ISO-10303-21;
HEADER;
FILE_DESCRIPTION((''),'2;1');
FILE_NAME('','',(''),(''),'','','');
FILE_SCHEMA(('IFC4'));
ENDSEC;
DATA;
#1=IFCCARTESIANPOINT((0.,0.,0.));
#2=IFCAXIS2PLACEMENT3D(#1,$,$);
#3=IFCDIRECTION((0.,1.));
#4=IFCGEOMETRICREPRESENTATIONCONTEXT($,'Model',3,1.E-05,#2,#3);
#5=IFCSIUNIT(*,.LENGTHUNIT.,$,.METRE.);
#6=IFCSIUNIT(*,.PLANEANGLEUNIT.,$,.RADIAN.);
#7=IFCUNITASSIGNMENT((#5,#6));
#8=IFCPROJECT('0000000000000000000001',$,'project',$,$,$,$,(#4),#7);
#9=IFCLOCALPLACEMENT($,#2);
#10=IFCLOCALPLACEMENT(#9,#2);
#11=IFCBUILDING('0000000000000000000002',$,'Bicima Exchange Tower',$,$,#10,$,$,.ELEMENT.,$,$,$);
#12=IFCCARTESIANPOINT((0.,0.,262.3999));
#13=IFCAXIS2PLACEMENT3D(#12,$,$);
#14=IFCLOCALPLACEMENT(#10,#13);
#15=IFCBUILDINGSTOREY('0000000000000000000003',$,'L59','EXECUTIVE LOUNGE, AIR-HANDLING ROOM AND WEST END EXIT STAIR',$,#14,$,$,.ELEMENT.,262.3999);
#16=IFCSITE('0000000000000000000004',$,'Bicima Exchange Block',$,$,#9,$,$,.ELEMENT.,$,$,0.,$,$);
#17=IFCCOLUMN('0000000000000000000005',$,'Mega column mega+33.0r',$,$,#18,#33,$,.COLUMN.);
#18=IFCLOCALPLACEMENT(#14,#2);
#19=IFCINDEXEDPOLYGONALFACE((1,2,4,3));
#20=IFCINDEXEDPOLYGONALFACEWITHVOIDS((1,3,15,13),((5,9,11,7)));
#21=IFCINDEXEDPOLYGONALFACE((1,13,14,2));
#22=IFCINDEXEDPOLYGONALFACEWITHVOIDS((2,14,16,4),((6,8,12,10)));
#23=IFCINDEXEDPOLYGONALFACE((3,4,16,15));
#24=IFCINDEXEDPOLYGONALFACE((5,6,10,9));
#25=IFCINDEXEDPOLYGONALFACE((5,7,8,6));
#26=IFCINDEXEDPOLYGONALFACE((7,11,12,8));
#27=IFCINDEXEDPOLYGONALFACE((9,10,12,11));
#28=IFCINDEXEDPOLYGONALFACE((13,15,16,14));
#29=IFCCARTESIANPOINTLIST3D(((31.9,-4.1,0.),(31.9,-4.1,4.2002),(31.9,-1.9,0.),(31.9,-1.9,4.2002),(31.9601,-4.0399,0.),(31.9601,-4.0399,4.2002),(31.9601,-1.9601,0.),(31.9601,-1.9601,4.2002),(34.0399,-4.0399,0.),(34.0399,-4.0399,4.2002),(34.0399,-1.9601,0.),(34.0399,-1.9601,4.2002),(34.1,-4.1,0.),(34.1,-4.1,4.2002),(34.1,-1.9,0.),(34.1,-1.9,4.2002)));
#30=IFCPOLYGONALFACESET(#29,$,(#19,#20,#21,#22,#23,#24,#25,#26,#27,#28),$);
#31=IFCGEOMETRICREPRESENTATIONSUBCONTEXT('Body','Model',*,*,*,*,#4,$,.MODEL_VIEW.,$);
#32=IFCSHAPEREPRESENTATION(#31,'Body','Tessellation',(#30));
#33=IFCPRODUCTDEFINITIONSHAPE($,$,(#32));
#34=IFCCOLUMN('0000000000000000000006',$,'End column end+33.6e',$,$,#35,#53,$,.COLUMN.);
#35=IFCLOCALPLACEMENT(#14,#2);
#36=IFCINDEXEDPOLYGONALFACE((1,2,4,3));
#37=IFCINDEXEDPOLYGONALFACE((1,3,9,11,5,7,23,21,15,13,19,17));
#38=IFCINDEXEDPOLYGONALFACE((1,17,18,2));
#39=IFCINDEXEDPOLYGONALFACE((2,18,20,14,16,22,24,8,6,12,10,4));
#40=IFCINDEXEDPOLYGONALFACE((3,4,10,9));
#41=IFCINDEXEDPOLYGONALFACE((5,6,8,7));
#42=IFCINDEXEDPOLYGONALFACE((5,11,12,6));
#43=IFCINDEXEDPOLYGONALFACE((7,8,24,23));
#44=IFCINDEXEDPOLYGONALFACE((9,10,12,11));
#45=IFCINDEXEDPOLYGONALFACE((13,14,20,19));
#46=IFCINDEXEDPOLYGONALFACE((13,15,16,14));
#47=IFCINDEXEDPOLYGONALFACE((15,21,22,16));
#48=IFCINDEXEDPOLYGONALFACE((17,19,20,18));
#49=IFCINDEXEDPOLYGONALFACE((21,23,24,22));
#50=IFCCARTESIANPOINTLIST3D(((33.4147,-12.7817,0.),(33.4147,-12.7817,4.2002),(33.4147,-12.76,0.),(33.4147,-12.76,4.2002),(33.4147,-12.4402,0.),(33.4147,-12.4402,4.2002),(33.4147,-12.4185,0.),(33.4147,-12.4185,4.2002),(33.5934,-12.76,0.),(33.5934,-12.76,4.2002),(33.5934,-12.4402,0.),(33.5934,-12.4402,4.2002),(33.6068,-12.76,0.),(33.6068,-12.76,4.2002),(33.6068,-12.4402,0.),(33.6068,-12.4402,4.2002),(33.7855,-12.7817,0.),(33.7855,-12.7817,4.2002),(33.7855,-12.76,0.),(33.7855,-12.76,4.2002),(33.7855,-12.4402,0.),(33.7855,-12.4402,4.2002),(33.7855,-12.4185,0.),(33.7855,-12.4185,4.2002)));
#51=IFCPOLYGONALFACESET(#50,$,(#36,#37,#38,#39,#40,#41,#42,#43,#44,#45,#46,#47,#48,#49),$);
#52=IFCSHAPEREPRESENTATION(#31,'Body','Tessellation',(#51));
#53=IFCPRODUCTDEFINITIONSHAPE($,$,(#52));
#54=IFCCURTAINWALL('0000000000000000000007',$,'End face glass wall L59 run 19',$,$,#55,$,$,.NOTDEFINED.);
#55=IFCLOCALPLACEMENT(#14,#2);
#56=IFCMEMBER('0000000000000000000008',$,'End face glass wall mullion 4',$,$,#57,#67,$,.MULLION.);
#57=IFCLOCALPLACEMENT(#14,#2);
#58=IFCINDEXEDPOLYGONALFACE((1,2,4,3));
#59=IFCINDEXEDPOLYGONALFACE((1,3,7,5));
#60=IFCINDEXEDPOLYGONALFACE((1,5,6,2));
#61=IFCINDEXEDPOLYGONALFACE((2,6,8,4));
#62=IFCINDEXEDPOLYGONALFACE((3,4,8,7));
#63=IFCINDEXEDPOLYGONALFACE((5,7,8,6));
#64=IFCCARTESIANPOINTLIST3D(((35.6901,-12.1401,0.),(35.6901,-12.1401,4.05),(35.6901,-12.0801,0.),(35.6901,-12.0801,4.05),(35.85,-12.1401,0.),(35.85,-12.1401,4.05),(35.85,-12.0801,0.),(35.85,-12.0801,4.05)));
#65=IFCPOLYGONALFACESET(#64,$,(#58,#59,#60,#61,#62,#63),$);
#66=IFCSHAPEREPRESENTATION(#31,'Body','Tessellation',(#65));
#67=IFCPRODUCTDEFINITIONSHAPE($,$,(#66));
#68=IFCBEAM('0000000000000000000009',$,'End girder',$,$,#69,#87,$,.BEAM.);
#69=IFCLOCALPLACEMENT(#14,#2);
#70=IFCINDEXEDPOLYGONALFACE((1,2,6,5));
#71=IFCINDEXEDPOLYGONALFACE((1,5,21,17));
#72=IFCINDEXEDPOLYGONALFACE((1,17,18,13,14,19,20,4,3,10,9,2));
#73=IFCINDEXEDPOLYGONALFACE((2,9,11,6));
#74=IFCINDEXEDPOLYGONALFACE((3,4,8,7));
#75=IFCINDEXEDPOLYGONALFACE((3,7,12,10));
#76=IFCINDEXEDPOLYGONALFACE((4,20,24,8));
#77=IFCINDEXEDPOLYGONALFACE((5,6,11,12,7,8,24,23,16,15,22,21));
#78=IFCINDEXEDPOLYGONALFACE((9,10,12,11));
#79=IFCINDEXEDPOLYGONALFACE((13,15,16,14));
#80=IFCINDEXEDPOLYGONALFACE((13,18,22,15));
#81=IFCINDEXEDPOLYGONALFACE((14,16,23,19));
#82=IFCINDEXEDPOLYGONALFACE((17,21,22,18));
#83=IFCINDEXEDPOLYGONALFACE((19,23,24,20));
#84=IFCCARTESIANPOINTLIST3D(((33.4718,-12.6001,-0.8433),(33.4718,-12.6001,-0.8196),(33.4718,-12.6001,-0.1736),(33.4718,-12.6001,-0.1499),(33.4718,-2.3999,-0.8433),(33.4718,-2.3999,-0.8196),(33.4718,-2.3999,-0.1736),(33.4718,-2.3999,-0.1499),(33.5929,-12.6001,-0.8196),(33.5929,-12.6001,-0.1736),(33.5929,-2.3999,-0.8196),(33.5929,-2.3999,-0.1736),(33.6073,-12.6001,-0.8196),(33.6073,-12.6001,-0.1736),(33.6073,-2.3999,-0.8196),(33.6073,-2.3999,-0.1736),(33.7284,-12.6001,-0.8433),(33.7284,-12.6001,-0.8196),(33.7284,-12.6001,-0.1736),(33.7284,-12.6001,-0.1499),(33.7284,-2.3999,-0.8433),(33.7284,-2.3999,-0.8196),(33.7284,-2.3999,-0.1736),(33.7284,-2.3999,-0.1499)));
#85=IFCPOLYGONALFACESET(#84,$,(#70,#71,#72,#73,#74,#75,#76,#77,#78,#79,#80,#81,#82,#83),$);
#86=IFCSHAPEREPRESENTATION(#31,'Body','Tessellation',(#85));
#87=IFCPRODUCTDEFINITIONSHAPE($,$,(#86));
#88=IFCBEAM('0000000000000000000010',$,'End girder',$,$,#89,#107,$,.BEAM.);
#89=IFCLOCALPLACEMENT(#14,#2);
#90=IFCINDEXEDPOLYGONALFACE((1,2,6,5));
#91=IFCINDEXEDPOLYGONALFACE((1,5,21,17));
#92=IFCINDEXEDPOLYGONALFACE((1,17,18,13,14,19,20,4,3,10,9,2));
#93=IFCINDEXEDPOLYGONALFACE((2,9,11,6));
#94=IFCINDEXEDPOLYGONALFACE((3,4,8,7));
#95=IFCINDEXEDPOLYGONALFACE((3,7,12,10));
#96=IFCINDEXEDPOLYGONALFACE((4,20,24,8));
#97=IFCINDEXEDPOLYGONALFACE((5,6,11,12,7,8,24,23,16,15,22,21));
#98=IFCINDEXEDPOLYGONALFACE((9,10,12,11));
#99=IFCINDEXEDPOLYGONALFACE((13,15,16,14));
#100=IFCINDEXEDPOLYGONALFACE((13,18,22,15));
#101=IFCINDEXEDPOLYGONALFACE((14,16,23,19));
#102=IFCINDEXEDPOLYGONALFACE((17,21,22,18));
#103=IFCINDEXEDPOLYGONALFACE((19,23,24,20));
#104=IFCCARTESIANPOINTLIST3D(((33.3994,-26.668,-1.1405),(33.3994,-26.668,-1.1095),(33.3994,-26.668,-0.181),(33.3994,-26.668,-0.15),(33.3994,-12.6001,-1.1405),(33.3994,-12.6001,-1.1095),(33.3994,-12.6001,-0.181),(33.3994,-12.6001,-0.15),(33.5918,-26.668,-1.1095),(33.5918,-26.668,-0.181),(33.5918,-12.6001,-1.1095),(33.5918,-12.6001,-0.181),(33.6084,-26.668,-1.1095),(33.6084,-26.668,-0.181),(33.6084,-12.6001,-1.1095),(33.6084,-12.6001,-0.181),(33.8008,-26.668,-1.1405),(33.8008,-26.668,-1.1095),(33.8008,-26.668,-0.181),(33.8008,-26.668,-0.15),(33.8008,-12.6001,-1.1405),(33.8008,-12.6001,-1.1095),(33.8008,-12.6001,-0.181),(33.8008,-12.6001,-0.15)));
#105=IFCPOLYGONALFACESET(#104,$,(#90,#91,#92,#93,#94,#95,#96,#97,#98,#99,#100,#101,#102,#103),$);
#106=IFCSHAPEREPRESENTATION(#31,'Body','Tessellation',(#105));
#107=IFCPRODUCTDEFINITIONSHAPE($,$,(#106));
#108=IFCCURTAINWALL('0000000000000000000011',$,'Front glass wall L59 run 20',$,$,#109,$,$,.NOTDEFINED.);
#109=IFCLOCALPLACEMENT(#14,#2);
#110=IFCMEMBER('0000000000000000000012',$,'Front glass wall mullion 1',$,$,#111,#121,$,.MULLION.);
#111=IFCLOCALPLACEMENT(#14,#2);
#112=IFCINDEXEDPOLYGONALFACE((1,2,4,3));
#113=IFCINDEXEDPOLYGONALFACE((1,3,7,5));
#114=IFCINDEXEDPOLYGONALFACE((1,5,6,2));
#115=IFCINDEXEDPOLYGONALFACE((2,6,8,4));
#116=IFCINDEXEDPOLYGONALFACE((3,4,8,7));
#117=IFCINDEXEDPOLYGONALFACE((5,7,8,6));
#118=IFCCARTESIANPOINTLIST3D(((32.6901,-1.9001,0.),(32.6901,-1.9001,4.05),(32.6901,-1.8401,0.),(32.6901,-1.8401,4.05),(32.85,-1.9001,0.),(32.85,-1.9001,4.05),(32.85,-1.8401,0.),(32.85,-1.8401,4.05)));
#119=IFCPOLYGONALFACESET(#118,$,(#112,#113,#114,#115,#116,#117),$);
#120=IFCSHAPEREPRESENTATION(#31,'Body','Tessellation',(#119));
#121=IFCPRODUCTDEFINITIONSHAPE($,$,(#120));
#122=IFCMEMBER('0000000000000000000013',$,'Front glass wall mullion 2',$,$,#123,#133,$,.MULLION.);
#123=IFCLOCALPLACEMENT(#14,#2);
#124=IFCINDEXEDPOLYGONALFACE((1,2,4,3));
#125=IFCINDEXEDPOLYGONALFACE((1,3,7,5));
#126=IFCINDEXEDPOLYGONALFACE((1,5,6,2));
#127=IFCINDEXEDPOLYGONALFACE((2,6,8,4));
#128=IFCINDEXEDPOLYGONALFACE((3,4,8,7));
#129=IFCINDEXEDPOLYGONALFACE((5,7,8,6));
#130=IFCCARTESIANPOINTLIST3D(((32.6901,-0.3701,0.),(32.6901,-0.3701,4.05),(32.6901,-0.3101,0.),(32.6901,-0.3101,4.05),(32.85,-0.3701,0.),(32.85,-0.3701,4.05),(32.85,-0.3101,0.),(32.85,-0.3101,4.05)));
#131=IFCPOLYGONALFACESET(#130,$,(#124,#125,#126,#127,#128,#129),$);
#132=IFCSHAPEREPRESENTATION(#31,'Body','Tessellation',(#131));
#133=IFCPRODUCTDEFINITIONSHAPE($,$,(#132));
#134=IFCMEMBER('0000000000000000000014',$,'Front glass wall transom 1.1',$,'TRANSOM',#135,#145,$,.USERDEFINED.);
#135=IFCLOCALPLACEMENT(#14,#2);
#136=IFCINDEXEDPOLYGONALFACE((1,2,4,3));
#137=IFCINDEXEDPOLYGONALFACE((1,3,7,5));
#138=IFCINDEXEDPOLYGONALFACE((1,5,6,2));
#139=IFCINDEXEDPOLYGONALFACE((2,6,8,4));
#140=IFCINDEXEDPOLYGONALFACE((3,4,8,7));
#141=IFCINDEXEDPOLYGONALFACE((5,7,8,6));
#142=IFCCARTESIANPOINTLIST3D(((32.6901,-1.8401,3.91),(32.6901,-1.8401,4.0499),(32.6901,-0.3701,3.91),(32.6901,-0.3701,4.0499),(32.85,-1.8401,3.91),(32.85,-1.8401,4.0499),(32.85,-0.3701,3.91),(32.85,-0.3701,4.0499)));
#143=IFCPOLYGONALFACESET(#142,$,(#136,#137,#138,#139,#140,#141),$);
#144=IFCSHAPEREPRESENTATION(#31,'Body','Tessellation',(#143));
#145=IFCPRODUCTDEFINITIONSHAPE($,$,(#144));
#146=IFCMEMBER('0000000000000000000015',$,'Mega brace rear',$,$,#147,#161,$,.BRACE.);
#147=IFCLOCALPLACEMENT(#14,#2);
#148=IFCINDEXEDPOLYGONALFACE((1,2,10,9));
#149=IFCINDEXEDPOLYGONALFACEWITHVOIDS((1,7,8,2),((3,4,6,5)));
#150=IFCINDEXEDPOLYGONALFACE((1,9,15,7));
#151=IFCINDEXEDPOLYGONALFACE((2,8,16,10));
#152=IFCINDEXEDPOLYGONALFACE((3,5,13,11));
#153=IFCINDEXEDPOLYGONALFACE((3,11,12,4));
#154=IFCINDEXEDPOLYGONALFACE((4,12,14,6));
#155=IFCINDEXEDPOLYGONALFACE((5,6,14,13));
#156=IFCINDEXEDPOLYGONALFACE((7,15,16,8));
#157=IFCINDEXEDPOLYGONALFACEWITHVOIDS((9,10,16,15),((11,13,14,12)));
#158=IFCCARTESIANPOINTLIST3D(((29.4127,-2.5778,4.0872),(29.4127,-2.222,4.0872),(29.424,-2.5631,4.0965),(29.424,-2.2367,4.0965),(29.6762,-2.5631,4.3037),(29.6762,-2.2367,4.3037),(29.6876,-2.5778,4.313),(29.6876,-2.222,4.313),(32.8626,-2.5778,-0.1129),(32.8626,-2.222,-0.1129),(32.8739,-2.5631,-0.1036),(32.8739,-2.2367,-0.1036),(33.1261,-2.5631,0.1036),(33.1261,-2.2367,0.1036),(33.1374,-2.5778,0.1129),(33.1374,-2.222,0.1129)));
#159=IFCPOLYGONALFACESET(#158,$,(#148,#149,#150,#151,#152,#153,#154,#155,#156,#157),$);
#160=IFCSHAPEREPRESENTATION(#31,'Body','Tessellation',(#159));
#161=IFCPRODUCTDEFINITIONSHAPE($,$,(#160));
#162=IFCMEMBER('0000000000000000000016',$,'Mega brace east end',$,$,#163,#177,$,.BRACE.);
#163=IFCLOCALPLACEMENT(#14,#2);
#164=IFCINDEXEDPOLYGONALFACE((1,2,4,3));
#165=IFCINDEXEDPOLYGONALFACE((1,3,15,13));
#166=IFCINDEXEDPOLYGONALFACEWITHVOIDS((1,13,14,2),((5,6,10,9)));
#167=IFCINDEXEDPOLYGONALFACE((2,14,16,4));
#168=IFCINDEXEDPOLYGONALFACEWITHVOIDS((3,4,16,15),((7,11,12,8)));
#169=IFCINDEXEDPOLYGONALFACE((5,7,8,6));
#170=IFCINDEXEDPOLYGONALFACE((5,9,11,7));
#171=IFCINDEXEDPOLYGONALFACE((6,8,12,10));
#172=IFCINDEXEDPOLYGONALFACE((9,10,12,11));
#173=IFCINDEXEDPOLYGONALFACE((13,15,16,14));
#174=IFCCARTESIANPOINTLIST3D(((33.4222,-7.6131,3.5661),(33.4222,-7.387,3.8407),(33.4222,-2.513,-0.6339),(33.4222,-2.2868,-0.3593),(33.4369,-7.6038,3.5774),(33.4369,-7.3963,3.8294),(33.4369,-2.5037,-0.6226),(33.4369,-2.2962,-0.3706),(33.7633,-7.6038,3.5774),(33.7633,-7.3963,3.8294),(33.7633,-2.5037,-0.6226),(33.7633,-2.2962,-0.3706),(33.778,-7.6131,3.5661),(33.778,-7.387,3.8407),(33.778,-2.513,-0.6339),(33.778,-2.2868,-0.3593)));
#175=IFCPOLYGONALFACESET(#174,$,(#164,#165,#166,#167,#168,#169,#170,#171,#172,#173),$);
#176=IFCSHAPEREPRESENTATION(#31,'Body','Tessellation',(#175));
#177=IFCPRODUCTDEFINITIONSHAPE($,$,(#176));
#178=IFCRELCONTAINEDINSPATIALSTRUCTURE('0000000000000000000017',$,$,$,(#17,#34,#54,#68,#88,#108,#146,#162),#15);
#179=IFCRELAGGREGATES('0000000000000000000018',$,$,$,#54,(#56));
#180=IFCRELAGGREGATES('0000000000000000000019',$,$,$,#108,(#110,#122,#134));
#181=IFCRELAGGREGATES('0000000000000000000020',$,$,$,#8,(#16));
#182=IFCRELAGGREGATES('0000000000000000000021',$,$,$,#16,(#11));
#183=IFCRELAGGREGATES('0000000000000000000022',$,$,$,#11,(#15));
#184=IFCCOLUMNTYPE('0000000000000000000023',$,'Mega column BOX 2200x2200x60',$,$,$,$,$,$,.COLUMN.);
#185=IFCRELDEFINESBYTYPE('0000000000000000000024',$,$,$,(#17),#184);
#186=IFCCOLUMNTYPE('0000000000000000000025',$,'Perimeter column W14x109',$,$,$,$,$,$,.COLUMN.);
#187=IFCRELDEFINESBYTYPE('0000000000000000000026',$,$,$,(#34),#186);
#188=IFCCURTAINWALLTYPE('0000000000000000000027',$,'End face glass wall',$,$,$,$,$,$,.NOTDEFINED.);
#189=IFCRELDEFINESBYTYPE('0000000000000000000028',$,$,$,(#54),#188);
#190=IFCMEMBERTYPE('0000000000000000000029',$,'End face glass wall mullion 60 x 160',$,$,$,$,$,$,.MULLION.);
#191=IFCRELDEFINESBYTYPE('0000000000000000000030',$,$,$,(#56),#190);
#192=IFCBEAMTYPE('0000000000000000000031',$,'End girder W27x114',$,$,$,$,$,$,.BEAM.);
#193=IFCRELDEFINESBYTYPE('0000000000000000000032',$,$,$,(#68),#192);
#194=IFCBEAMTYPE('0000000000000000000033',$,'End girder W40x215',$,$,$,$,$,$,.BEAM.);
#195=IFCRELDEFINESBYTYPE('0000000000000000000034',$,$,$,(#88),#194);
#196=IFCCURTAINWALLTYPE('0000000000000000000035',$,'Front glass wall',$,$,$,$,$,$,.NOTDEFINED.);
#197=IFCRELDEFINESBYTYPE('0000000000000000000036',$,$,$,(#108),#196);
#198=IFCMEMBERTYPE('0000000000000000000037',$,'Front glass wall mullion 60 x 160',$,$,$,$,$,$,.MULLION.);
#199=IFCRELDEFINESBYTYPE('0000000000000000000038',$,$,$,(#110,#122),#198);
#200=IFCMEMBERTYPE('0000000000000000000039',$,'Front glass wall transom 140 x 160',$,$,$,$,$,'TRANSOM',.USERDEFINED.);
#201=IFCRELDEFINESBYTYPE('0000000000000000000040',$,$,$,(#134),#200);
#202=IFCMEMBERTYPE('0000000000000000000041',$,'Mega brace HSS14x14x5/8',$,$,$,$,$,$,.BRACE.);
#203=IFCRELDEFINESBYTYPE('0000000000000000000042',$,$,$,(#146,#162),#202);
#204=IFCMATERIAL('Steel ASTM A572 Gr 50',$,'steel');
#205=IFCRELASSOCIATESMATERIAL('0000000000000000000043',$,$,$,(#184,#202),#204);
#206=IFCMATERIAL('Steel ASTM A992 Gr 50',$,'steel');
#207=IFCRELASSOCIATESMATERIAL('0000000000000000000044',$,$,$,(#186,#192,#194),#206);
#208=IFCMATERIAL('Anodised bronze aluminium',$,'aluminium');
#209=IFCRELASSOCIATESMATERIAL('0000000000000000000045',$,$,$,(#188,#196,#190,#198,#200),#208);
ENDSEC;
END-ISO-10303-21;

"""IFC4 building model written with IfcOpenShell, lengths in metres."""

from ifc_helpers import new_model, si_unit, direction, frame, origin, origin_2d, place, context, subcontext, project, spatial, rectangle, hollow_rectangle, i_section, extrude, material, material_profile, profile_set, type_object, element, aggregate, save


model = new_model("IFC4")

# Units and contexts
model_context = context("Model", 3, precision=1e-05, world=origin(), true_north=direction((0.0, 1.0)))
body_context = subcontext(model_context, "Body", "Model", "MODEL_VIEW")
ifc_project = project(units=[si_unit("LENGTHUNIT", "METRE"), si_unit("PLANEANGLEUNIT", "RADIAN")], contexts=[model_context])

# Site, building, storey
site_placement = place(None, origin())
site = spatial("IfcSite", under=ifc_project, at=site_placement, Name="Bicima Exchange Block", CompositionType="ELEMENT", RefElevation=0.0)
building_placement = place(site_placement, origin())
building = spatial("IfcBuilding", under=site, at=building_placement, Name="Bicima Exchange Tower", CompositionType="ELEMENT")
storey_placement = place(building_placement, frame((0.0, 0.0, 262.3999)))
storey = spatial("IfcBuildingStorey", under=building, at=storey_placement, Name="L59", Description="EXECUTIVE LOUNGE, AIR-HANDLING ROOM AND WEST END EXIT STAIR", CompositionType="ELEMENT", Elevation=262.3999)

# Columns
ifc_material_1 = material(Name="Steel ASTM A572 Gr 50", Category="steel")
ifc_material_profile_1 = material_profile(ifc_material_1, hollow_rectangle(XDim=2.2, YDim=2.2, WallThickness=0.0601, at=origin_2d()))
ifc_profile_set_1 = profile_set([ifc_material_profile_1], Name="Steel ASTM A572 Gr 50")
column_type_1 = type_object("IfcColumnType", Name="Mega column BOX 2200x2200x60", PredefinedType="COLUMN", material=ifc_profile_set_1)
column_1_placement = place(storey_placement, frame((33.0, -3.0, 0.0), z_axis=(0.0, 0.0, 1.0), x_axis=(1.0, 0.0, 0.0)))
element("IfcColumn", 1, at=column_1_placement, inside=storey, type_object=column_type_1, Name="Mega column mega+33.0r", PredefinedType="COLUMN", context=body_context, shape_type="SweptSolid", body=[
    extrude(hollow_rectangle(XDim=2.2, YDim=2.2, WallThickness=0.0601, at=origin_2d()), origin(), (0.0, 0.0, 1.0), 4.2002),
])
ifc_material_2 = material(Name="Steel ASTM A992 Gr 50", Category="steel")
ifc_material_profile_2 = material_profile(ifc_material_2, i_section(OverallWidth=0.3708, OverallDepth=0.3633, WebThickness=0.0134, FlangeThickness=0.0217, at=origin_2d()))
ifc_profile_set_2 = profile_set([ifc_material_profile_2], Name="Steel ASTM A992 Gr 50")
column_type_2 = type_object("IfcColumnType", Name="Perimeter column W14x109", PredefinedType="COLUMN", material=ifc_profile_set_2)
column_2_placement = place(storey_placement, frame((33.6001, -12.6001, 0.0), z_axis=(0.0, 0.0, 1.0), x_axis=(1.0, 0.0, 0.0)))
element("IfcColumn", 2, at=column_2_placement, inside=storey, type_object=column_type_2, Name="End column end+33.6e", PredefinedType="COLUMN", context=body_context, shape_type="SweptSolid", body=[
    extrude(i_section(OverallWidth=0.3708, OverallDepth=0.3633, WebThickness=0.0134, FlangeThickness=0.0217, at=origin_2d()), origin(), (0.0, 0.0, 1.0), 4.2002),
])

# Curtain wall, member
ifc_material_3 = material(Name="Anodised bronze aluminium", Category="aluminium")
curtain_wall_type_1 = type_object("IfcCurtainWallType", Name="End face glass wall", PredefinedType="NOTDEFINED", material=ifc_material_3)
curtain_wall_1_placement = place(storey_placement, origin())
curtain_wall_1 = element("IfcCurtainWall", 3, at=curtain_wall_1_placement, inside=storey, type_object=curtain_wall_type_1, Name="End face glass wall L59 run 19", PredefinedType="NOTDEFINED")
ifc_material_profile_3 = material_profile(ifc_material_3, rectangle(XDim=0.1599, YDim=0.0601, at=origin_2d()))
ifc_profile_set_3 = profile_set([ifc_material_profile_3], Name="Anodised bronze aluminium")
member_type_1 = type_object("IfcMemberType", Name="End face glass wall mullion 60 x 160", PredefinedType="MULLION", material=ifc_profile_set_3)
member_1_placement = place(storey_placement, frame((35.77, -12.1101, 0.0), z_axis=(0.0, 0.0, 1.0), x_axis=(-1.0, 0.0, 0.0)))
member_1 = element("IfcMember", 4, at=member_1_placement, type_object=member_type_1, Name="End face glass wall mullion 4", PredefinedType="MULLION", context=body_context, shape_type="SweptSolid", body=[
    extrude(rectangle(XDim=0.1599, YDim=0.0601, at=origin_2d()), origin(), (0.0, 0.0, 1.0), 4.05),
])
aggregate(curtain_wall_1, [member_1])

# Beams
ifc_material_profile_4 = material_profile(ifc_material_2, i_section(OverallWidth=0.2566, OverallDepth=0.6934, WebThickness=0.0144, FlangeThickness=0.0237, at=origin_2d()))
ifc_profile_set_4 = profile_set([ifc_material_profile_4], Name="Steel ASTM A992 Gr 50")
beam_type_1 = type_object("IfcBeamType", Name="End girder W27x114", PredefinedType="BEAM", material=ifc_profile_set_4)
beam_1_placement = place(storey_placement, frame((33.6001, -2.3999, -0.4966), z_axis=(0.0, -1.0, 0.0), x_axis=(1.0, 0.0, 0.0)))
element("IfcBeam", 5, at=beam_1_placement, inside=storey, type_object=beam_type_1, Name="End girder", PredefinedType="BEAM", context=body_context, shape_type="SweptSolid", body=[
    extrude(i_section(OverallWidth=0.2566, OverallDepth=0.6934, WebThickness=0.0144, FlangeThickness=0.0237, at=origin_2d()), origin(), (0.0, 0.0, 1.0), 10.2002),
])
ifc_material_profile_5 = material_profile(ifc_material_2, i_section(OverallWidth=0.4014, OverallDepth=0.9905, WebThickness=0.0166, FlangeThickness=0.031, at=origin_2d()))
ifc_profile_set_5 = profile_set([ifc_material_profile_5], Name="Steel ASTM A992 Gr 50")
beam_type_2 = type_object("IfcBeamType", Name="End girder W40x215", PredefinedType="BEAM", material=ifc_profile_set_5)
beam_2_placement = place(storey_placement, frame((33.6001, -12.6001, -0.6453), z_axis=(0.0, -1.0, 0.0), x_axis=(1.0, 0.0, 0.0)))
element("IfcBeam", 6, at=beam_2_placement, inside=storey, type_object=beam_type_2, Name="End girder", PredefinedType="BEAM", context=body_context, shape_type="SweptSolid", body=[
    extrude(i_section(OverallWidth=0.4014, OverallDepth=0.9905, WebThickness=0.0166, FlangeThickness=0.031, at=origin_2d()), origin(), (0.0, 0.0, 1.0), 14.0679),
])

# Curtain wall, members
curtain_wall_type_2 = type_object("IfcCurtainWallType", Name="Front glass wall", PredefinedType="NOTDEFINED", material=ifc_material_3)
curtain_wall_2_placement = place(storey_placement, origin())
curtain_wall_2 = element("IfcCurtainWall", 7, at=curtain_wall_2_placement, inside=storey, type_object=curtain_wall_type_2, Name="Front glass wall L59 run 20", PredefinedType="NOTDEFINED")
member_type_2 = type_object("IfcMemberType", Name="Front glass wall mullion 60 x 160", PredefinedType="MULLION", material=ifc_profile_set_3)
member_2_placement = place(storey_placement, frame((32.77, -1.8701, 0.0), z_axis=(0.0, 0.0, 1.0), x_axis=(-1.0, 0.0, 0.0)))
member_2 = element("IfcMember", 8, at=member_2_placement, type_object=member_type_2, Name="Front glass wall mullion 1", PredefinedType="MULLION", context=body_context, shape_type="SweptSolid", body=[
    extrude(rectangle(XDim=0.1599, YDim=0.0601, at=origin_2d()), origin(), (0.0, 0.0, 1.0), 4.05),
])
member_3_placement = place(storey_placement, frame((32.77, -0.3401, 0.0), z_axis=(0.0, 0.0, 1.0), x_axis=(-1.0, 0.0, 0.0)))
member_3 = element("IfcMember", 9, at=member_3_placement, type_object=member_type_2, Name="Front glass wall mullion 2", PredefinedType="MULLION", context=body_context, shape_type="SweptSolid", body=[
    extrude(rectangle(XDim=0.1599, YDim=0.0601, at=origin_2d()), origin(), (0.0, 0.0, 1.0), 4.05),
])
ifc_material_profile_6 = material_profile(ifc_material_3, rectangle(XDim=0.1599, YDim=0.1399, at=origin_2d()))
ifc_profile_set_6 = profile_set([ifc_material_profile_6], Name="Anodised bronze aluminium")
member_type_3 = type_object("IfcMemberType", Name="Front glass wall transom 140 x 160", ElementType="TRANSOM", PredefinedType="USERDEFINED", material=ifc_profile_set_6)
member_4_placement = place(storey_placement, frame((32.77, -1.8401, 3.98), z_axis=(0.0, 1.0, 0.0), x_axis=(-1.0, 0.0, 0.0)))
member_4 = element("IfcMember", 10, at=member_4_placement, type_object=member_type_3, Name="Front glass wall transom 1.1", ObjectType="TRANSOM", PredefinedType="USERDEFINED", context=body_context, shape_type="SweptSolid", body=[
    extrude(rectangle(XDim=0.1599, YDim=0.1399, at=origin_2d()), origin(), (0.0, 0.0, 1.0), 1.47),
])

# Members
ifc_material_profile_7 = material_profile(ifc_material_1, hollow_rectangle(XDim=0.3557, YDim=0.3557, WallThickness=0.0146, at=origin_2d()))
ifc_profile_set_7 = profile_set([ifc_material_profile_7], Name="Steel ASTM A572 Gr 50")
member_type_4 = type_object("IfcMemberType", Name="Mega brace HSS14x14x5/8", PredefinedType="BRACE", material=ifc_profile_set_7)
member_5_placement = place(storey_placement, frame((33.0, -2.3999, 0.0), z_axis=(-0.634716, 0.0, 0.772745), x_axis=(0.0, -1.0, 0.0)))
element("IfcMember", 11, at=member_5_placement, inside=storey, type_object=member_type_4, Name="Mega brace rear", PredefinedType="BRACE", context=body_context, shape_type="SweptSolid", body=[
    extrude(hollow_rectangle(XDim=0.3557, YDim=0.3557, WallThickness=0.0146, at=origin_2d()), origin(), (0.0, 0.0, 1.0), 5.4353),
])
for number, where, z_axis, x_axis, name in (
    (12, (33.6001, -2.3999, -0.4966), (0.0, -0.77194, 0.635696), (1.0, 0.0, 0.0), "Mega brace east end"),
):
    element("IfcMember", number, at=place(storey_placement, frame(where, z_axis=z_axis, x_axis=x_axis)), inside=storey, type_object=member_type_4, Name=name, PredefinedType="BRACE", context=body_context, shape_type="SweptSolid", body=[
        extrude(hollow_rectangle(XDim=0.3557, YDim=0.3557, WallThickness=0.0146, at=origin_2d()), origin(), (0.0, 0.0, 1.0), 6.6069),
    ])

aggregate(curtain_wall_2, [member_2, member_3, member_4])

save(model, "model.ifc")
